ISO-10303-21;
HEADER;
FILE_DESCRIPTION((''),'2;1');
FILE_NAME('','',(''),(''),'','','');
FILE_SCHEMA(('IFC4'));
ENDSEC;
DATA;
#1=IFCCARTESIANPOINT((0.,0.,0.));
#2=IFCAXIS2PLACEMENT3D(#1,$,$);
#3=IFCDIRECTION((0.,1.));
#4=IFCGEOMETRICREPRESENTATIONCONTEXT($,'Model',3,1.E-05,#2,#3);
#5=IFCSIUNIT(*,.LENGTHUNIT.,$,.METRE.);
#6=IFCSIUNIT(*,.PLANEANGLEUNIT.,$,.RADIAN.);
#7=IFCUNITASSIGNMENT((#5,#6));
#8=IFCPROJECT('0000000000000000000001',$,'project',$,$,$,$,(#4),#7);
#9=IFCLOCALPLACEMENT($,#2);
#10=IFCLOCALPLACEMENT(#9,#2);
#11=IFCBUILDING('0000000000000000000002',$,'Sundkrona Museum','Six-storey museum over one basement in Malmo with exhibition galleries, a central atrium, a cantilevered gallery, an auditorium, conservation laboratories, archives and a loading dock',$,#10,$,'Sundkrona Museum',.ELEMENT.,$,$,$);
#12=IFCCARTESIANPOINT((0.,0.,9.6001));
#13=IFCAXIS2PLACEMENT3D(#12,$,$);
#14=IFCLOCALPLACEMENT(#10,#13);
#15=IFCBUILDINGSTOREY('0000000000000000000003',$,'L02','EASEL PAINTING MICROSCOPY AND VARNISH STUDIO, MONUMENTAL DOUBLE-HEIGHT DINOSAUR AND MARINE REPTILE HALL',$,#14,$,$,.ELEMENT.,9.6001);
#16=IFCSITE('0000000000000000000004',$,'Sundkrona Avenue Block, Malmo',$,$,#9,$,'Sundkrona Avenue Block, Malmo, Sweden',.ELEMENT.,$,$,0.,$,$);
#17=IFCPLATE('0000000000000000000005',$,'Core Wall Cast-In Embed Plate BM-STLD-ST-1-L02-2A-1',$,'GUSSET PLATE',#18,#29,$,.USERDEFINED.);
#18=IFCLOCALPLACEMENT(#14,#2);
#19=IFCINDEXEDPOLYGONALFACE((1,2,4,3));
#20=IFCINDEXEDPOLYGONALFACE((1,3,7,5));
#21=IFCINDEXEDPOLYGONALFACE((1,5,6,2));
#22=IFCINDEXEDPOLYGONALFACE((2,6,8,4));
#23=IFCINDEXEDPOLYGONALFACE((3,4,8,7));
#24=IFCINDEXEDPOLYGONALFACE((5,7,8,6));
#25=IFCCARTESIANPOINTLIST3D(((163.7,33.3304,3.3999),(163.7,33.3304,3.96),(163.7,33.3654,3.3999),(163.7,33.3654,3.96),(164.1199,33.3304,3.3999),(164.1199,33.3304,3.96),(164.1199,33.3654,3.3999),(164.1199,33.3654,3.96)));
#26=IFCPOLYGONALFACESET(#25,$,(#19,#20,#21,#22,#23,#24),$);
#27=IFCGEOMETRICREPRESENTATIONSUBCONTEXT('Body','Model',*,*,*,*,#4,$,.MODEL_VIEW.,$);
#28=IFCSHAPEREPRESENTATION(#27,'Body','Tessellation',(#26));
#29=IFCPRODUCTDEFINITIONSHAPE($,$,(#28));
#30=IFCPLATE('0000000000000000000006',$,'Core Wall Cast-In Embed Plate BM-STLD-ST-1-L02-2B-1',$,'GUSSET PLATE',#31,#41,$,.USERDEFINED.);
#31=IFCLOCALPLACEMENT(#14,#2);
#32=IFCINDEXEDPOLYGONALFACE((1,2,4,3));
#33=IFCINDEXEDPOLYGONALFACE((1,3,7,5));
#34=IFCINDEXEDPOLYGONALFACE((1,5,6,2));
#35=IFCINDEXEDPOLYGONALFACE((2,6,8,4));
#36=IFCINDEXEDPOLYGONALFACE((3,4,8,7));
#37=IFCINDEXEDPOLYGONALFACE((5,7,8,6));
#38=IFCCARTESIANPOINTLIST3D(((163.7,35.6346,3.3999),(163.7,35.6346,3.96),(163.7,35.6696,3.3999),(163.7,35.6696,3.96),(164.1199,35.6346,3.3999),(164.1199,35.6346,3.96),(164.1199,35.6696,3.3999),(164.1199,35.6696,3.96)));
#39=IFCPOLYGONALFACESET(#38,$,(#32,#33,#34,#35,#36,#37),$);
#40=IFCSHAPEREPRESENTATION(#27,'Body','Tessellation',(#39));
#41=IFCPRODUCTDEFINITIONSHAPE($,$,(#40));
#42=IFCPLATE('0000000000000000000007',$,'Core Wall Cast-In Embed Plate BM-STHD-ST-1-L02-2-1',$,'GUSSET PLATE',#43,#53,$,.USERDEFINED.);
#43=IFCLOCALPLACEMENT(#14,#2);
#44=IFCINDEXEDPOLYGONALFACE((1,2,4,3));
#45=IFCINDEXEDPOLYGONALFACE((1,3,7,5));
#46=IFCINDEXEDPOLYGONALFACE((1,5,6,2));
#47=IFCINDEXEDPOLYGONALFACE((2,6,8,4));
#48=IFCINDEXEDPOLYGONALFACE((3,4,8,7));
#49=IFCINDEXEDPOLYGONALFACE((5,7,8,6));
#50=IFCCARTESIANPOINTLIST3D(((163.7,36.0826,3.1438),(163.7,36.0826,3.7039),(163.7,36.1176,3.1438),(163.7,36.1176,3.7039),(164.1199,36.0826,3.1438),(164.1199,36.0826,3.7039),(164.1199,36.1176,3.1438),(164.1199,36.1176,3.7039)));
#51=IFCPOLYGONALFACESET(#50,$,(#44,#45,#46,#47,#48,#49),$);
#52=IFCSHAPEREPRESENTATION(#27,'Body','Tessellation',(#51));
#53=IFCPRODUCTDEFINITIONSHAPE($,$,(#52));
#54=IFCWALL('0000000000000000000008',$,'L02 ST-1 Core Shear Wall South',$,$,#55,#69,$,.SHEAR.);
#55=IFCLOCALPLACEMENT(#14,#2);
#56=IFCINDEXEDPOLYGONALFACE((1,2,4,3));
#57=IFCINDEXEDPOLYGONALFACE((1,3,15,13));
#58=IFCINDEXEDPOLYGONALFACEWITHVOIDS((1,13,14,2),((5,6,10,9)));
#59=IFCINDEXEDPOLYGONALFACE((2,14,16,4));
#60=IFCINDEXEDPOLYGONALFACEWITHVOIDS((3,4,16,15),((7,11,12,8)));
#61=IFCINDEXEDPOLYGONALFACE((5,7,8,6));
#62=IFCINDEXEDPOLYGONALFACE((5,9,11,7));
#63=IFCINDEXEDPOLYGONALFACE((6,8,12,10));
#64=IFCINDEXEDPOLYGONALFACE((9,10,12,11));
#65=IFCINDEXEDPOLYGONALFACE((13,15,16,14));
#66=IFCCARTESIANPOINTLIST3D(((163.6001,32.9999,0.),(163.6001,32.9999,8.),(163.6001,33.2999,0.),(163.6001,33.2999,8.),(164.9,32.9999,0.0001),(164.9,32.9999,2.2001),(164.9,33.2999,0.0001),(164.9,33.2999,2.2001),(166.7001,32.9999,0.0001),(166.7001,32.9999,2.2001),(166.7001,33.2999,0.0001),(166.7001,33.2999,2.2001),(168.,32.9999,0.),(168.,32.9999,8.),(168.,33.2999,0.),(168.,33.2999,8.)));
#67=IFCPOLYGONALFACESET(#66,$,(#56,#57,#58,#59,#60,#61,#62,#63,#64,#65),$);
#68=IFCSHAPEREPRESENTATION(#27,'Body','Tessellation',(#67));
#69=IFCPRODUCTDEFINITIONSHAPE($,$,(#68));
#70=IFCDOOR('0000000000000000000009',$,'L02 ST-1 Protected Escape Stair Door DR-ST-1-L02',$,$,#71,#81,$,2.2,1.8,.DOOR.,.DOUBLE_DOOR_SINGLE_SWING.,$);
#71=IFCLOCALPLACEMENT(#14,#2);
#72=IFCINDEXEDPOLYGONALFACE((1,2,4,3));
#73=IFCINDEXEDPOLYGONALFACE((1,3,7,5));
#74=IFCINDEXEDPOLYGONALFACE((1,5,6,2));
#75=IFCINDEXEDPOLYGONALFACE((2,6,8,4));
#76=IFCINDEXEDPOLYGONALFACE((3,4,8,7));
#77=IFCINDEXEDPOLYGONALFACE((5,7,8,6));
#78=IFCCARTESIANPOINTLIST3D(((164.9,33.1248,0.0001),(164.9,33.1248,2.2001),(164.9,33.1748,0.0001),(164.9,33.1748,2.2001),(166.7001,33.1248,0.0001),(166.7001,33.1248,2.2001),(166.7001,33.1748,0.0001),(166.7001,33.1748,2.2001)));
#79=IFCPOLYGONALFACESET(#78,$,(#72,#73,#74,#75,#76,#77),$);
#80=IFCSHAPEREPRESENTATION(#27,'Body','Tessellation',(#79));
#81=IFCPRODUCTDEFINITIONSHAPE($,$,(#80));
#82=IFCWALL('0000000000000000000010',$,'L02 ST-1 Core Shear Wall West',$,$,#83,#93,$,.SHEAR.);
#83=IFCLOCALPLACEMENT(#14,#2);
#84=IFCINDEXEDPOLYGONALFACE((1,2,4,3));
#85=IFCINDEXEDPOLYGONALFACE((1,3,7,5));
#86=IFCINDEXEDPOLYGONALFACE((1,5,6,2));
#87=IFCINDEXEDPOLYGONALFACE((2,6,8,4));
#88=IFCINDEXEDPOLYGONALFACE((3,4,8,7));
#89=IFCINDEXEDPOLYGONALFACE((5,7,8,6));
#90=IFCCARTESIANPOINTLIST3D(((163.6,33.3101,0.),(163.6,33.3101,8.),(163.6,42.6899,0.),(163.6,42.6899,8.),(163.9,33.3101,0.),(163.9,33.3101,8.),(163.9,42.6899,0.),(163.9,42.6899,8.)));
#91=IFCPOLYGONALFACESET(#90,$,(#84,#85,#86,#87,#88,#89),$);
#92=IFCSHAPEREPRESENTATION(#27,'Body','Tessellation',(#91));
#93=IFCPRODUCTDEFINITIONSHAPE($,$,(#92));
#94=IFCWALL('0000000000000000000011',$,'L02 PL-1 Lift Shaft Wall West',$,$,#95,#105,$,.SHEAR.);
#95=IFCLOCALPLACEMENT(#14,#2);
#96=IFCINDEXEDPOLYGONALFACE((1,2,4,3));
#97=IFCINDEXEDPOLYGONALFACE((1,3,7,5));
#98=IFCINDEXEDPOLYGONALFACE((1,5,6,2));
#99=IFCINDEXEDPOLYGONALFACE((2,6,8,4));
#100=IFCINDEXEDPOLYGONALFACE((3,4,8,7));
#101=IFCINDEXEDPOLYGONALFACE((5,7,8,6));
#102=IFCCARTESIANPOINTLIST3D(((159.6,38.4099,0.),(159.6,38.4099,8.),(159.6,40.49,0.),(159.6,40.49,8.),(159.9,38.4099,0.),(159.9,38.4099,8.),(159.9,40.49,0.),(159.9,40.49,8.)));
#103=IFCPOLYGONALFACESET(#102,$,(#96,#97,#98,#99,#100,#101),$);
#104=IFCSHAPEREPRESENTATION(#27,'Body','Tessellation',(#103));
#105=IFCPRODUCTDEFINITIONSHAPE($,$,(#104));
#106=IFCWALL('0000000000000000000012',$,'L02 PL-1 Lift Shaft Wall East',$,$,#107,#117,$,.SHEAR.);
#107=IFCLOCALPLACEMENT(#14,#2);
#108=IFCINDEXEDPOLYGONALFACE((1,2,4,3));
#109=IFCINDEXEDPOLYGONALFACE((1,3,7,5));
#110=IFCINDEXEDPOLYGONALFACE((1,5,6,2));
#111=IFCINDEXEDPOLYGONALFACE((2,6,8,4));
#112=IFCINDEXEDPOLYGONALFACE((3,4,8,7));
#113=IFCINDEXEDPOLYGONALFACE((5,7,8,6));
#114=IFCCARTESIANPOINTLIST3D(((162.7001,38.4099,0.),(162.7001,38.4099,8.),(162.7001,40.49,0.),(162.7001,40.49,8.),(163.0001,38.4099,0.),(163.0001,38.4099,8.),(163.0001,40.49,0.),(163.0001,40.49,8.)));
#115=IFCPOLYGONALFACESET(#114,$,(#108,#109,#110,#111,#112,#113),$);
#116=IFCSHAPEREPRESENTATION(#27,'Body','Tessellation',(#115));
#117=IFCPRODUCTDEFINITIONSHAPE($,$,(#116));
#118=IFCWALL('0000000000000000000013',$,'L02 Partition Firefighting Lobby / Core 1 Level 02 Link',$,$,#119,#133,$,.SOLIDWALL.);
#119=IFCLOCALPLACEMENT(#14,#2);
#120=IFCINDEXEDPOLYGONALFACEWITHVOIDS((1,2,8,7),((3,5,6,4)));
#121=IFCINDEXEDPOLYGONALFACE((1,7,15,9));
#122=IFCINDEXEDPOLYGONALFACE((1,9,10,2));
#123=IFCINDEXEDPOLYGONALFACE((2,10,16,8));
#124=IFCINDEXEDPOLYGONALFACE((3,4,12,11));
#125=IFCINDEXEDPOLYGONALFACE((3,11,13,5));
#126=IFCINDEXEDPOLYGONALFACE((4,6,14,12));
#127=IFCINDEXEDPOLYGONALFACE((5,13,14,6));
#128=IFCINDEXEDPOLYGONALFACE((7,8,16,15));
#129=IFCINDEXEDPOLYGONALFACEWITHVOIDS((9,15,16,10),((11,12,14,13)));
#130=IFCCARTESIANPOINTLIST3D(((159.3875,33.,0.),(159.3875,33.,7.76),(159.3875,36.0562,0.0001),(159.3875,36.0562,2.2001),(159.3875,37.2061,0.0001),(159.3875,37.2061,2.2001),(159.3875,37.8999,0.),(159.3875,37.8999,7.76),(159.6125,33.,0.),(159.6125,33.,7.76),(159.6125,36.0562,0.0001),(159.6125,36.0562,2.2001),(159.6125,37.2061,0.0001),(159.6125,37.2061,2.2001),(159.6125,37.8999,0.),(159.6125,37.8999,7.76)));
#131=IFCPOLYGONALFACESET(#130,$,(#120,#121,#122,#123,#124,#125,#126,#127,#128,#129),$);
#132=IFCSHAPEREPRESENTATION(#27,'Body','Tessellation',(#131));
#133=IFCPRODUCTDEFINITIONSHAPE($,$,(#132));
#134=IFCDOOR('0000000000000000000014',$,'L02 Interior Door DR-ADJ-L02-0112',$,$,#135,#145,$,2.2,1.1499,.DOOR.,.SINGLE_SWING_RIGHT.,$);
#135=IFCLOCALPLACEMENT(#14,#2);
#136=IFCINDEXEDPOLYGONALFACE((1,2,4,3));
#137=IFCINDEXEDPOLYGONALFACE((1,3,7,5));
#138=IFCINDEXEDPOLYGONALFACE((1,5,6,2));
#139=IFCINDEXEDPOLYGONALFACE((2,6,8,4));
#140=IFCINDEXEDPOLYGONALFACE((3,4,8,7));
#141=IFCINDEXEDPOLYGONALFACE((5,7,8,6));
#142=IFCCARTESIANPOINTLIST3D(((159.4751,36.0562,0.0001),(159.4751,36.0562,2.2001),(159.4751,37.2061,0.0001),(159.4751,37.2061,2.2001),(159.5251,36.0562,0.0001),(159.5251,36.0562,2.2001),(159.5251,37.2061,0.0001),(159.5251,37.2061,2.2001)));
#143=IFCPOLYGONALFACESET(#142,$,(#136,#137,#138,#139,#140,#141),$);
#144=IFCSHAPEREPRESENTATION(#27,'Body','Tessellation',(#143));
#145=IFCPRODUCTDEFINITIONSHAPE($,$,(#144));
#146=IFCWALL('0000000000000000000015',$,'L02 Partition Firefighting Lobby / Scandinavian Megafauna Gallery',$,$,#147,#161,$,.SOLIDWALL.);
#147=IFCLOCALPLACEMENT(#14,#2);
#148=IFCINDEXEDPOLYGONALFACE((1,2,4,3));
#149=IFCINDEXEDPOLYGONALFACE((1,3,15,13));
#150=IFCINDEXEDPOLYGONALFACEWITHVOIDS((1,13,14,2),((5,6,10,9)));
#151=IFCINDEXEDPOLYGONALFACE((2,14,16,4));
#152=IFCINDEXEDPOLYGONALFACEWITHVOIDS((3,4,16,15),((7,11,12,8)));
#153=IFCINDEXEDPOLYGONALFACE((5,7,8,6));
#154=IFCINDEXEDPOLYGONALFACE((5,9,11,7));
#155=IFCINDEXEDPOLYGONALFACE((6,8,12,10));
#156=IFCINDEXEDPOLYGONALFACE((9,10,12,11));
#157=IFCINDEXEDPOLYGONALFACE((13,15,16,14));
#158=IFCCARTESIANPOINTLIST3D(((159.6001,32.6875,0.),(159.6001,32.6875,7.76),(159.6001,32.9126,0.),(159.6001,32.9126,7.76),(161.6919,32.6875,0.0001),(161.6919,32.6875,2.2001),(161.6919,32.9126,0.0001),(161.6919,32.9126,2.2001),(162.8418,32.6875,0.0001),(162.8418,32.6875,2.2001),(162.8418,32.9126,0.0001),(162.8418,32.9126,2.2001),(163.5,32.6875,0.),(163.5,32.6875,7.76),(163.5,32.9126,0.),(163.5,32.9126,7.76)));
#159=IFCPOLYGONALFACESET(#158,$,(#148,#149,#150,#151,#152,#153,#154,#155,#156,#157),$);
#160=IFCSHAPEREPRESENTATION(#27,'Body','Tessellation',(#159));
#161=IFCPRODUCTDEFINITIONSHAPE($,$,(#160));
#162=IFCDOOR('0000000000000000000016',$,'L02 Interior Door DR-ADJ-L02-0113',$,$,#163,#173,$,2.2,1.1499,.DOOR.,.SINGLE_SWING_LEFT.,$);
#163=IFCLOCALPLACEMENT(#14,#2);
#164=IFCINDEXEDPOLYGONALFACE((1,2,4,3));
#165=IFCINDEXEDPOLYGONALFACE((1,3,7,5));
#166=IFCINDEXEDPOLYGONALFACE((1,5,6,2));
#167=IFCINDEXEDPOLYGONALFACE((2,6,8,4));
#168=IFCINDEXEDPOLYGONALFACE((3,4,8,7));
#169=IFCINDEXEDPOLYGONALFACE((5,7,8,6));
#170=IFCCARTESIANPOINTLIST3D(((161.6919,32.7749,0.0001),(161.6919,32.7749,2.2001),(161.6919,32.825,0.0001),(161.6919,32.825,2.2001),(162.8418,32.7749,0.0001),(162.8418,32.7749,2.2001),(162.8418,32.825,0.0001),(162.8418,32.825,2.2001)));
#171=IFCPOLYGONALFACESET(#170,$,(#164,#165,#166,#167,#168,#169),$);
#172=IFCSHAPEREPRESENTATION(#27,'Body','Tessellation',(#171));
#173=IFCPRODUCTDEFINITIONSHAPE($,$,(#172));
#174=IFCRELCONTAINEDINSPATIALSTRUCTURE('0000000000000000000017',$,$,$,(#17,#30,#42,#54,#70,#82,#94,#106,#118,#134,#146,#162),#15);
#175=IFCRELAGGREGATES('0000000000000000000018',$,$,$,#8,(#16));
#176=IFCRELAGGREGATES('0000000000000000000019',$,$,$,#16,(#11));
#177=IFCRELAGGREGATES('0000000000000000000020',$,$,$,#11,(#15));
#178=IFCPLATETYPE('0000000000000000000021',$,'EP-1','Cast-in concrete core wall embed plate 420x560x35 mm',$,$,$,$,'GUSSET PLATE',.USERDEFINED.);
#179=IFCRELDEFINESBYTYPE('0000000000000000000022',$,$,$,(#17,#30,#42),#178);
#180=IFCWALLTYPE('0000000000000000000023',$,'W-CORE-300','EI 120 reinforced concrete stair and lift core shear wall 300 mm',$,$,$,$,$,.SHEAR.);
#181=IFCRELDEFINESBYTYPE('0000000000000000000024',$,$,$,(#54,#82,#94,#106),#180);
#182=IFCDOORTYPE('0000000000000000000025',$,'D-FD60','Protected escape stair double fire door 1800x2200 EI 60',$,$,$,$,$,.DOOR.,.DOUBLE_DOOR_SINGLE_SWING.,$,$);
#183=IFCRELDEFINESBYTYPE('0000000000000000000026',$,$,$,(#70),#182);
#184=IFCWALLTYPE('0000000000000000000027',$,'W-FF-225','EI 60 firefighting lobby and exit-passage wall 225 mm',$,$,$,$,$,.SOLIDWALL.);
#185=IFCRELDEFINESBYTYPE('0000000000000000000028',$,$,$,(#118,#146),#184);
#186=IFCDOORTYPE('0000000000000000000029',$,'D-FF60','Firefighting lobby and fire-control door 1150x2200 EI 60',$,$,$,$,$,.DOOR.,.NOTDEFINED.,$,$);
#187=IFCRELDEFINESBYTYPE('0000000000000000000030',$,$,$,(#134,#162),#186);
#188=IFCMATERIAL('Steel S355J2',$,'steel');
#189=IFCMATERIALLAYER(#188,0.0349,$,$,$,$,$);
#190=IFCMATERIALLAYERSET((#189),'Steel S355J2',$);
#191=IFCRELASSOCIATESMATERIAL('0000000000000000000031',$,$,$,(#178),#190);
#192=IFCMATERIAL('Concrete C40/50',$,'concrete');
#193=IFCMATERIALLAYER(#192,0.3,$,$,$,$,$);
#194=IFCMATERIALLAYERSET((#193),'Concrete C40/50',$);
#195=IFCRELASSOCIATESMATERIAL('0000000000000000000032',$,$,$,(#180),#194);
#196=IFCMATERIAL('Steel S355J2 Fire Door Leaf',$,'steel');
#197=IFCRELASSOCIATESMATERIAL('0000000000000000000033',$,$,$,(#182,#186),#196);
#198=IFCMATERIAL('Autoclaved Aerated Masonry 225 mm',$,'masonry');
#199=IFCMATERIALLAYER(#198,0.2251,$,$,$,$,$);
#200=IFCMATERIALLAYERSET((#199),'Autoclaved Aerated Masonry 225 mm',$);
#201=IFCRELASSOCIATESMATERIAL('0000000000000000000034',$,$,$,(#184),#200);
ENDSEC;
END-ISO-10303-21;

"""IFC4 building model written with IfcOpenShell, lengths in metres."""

from ifc_helpers import new_model, si_unit, direction, frame, frame_2d, origin, origin_2d, place, context, subcontext, project, spatial, rectangle, extrude, material, layer, layer_set, type_object, element, fill, save


model = new_model("IFC4")

# Units and contexts
model_context = context("Model", 3, precision=1e-05, world=origin(), true_north=direction((0.0, 1.0)))
body_context = subcontext(model_context, "Body", "Model", "MODEL_VIEW")
ifc_project = project(units=[si_unit("LENGTHUNIT", "METRE"), si_unit("PLANEANGLEUNIT", "RADIAN")], contexts=[model_context])

# Site, building, storey
site_placement = place(None, origin())
site = spatial("IfcSite", under=ifc_project, at=site_placement, Name="Sundkrona Avenue Block, Malmo", LongName="Sundkrona Avenue Block, Malmo, Sweden", CompositionType="ELEMENT", RefElevation=0.0)
building_placement = place(site_placement, origin())
building = spatial("IfcBuilding", under=site, at=building_placement, Name="Sundkrona Museum", Description="Six-storey museum over one basement in Malmo with exhibition galleries, a central atrium, a cantilevered gallery, an auditorium, conservation laboratories, archives and a loading dock", LongName="Sundkrona Museum", CompositionType="ELEMENT")
storey_placement = place(building_placement, frame((0.0, 0.0, 9.6001)))
storey = spatial("IfcBuildingStorey", under=building, at=storey_placement, Name="L02", Description="EASEL PAINTING MICROSCOPY AND VARNISH STUDIO, MONUMENTAL DOUBLE-HEIGHT DINOSAUR AND MARINE REPTILE HALL", CompositionType="ELEMENT", Elevation=9.6001)

# Shared definitions
ifc_material_1 = material(Name="Steel S355J2", Category="steel")

# Plates
ifc_layer_1 = layer(ifc_material_1, 0.0349)
ifc_layer_set_1 = layer_set([ifc_layer_1], Name="Steel S355J2")
plate_type = type_object("IfcPlateType", Name="EP-1", Description="Cast-in concrete core wall embed plate 420x560x35 mm", ElementType="GUSSET PLATE", PredefinedType="USERDEFINED", material=ifc_layer_set_1)
for number, where, z_axis, x_axis, name in (
    (1, (163.9099, 33.3479, 3.3999), (0.0, 0.0, 1.0), (1.0, 0.0, 0.0), "Core Wall Cast-In Embed Plate BM-STLD-ST-1-L02-2A-1"),
    (2, (163.9099, 35.6521, 3.3999), (0.0, 0.0, 1.0), (1.0, 0.0, 0.0), "Core Wall Cast-In Embed Plate BM-STLD-ST-1-L02-2B-1"),
    (3, (163.9099, 36.1001, 3.1438), (0.0, 0.0, 1.0), (1.0, 0.0, 0.0), "Core Wall Cast-In Embed Plate BM-STHD-ST-1-L02-2-1"),
):
    element("IfcPlate", number, at=place(storey_placement, frame(where, z_axis=z_axis, x_axis=x_axis)), inside=storey, type_object=plate_type, Name=name, ObjectType="GUSSET PLATE", PredefinedType="USERDEFINED", context=body_context, shape_type="SweptSolid", body=[
        extrude(rectangle(XDim=0.4199, YDim=0.0349, at=origin_2d()), origin(), (0.0, 0.0, 1.0), 0.5601),
    ])

# Wall, opening, door
ifc_material_2 = material(Name="Concrete C40/50", Category="concrete")
ifc_layer_2 = layer(ifc_material_2, 0.3)
ifc_layer_set_2 = layer_set([ifc_layer_2], Name="Concrete C40/50")
wall_type_1 = type_object("IfcWallType", Name="W-CORE-300", Description="EI 120 reinforced concrete stair and lift core shear wall 300 mm", PredefinedType="SHEAR", material=ifc_layer_set_2)
wall_1_placement = place(storey_placement, frame((163.6001, 33.1499, 0.0), z_axis=(0.0, 0.0, 1.0), x_axis=(1.0, 0.0, 0.0)))
wall_1 = element("IfcWall", 4, at=wall_1_placement, inside=storey, type_object=wall_type_1, Name="L02 ST-1 Core Shear Wall South", PredefinedType="SHEAR", context=body_context, shape_type="SweptSolid", body=[
    extrude(rectangle(XDim=4.3999, YDim=0.3, at=frame_2d((2.2, 0.0))), origin(), (0.0, 0.0, 1.0), 8.0),
])
opening_1_placement = place(wall_1_placement, frame((1.3, 0.0, 0.0)))
opening_1 = element("IfcOpeningElement", 5, at=opening_1_placement, cuts=wall_1, PredefinedType="OPENING", context=body_context, shape_type="SweptSolid", body=[
    extrude(rectangle(XDim=1.8, YDim=2.2, at=frame_2d((0.8999, 1.1001))), frame((0.0, 0.1599, 0.0), z_axis=(0.0, -1.0, 0.0), x_axis=(1.0, 0.0, 0.0)), (0.0, 0.0, 1.0), 0.3201),
])
ifc_material_3 = material(Name="Steel S355J2 Fire Door Leaf", Category="steel")
door_type_1 = type_object("IfcDoorType", Name="D-FD60", Description="Protected escape stair double fire door 1800x2200 EI 60", OperationType="DOUBLE_DOOR_SINGLE_SWING", PredefinedType="DOOR", material=ifc_material_3)
door_1_placement = place(opening_1_placement, origin())
door_1 = element("IfcDoor", 6, at=door_1_placement, inside=storey, type_object=door_type_1, Name="L02 ST-1 Protected Escape Stair Door DR-ST-1-L02", OperationType="DOUBLE_DOOR_SINGLE_SWING", OverallHeight=2.2, OverallWidth=1.8, PredefinedType="DOOR", context=body_context, shape_type="SweptSolid", body=[
    extrude(rectangle(XDim=1.8, YDim=2.2, at=frame_2d((0.8999, 1.1001))), frame((0.0, 0.0249, 0.0), z_axis=(0.0, -1.0, 0.0), x_axis=(1.0, 0.0, 0.0)), (0.0, 0.0, 1.0), 0.05),
])
fill(opening_1, door_1)

# Wall
wall_2_placement = place(storey_placement, frame((163.75, 33.3101, 0.0), z_axis=(0.0, 0.0, 1.0), x_axis=(0.0, 1.0, 0.0)))
element("IfcWall", 7, at=wall_2_placement, inside=storey, type_object=wall_type_1, Name="L02 ST-1 Core Shear Wall West", PredefinedType="SHEAR", context=body_context, shape_type="SweptSolid", body=[
    extrude(rectangle(XDim=9.3799, YDim=0.3, at=frame_2d((4.6899, 0.0))), origin(), (0.0, 0.0, 1.0), 8.0),
])

# Walls
for number, where, z_axis, x_axis, name in (
    (8, (159.75, 38.4099, 0.0), (0.0, 0.0, 1.0), (0.0, 1.0, 0.0), "L02 PL-1 Lift Shaft Wall West"),
    (9, (162.8501, 38.4099, 0.0), (0.0, 0.0, 1.0), (0.0, 1.0, 0.0), "L02 PL-1 Lift Shaft Wall East"),
):
    element("IfcWall", number, at=place(storey_placement, frame(where, z_axis=z_axis, x_axis=x_axis)), inside=storey, type_object=wall_type_1, Name=name, PredefinedType="SHEAR", context=body_context, shape_type="SweptSolid", body=[
        extrude(rectangle(XDim=2.0801, YDim=0.3, at=frame_2d((1.04, 0.0))), origin(), (0.0, 0.0, 1.0), 8.0),
    ])

# Walls, openings, doors
ifc_material_4 = material(Name="Autoclaved Aerated Masonry 225 mm", Category="masonry")
ifc_layer_3 = layer(ifc_material_4, 0.2251)
ifc_layer_set_3 = layer_set([ifc_layer_3], Name="Autoclaved Aerated Masonry 225 mm")
wall_type_2 = type_object("IfcWallType", Name="W-FF-225", Description="EI 60 firefighting lobby and exit-passage wall 225 mm", PredefinedType="SOLIDWALL", material=ifc_layer_set_3)
wall_3_placement = place(storey_placement, frame((159.5, 33.0, 0.0), z_axis=(0.0, 0.0, 1.0), x_axis=(0.0, 1.0, 0.0)))
wall_3 = element("IfcWall", 10, at=wall_3_placement, inside=storey, type_object=wall_type_2, Name="L02 Partition Firefighting Lobby / Core 1 Level 02 Link", PredefinedType="SOLIDWALL", context=body_context, shape_type="SweptSolid", body=[
    extrude(rectangle(XDim=4.8999, YDim=0.2251, at=frame_2d((2.45, 0.0))), origin(), (0.0, 0.0, 1.0), 7.76),
])
opening_2_placement = place(wall_3_placement, frame((3.0562, 0.0, 0.0)))
opening_2 = element("IfcOpeningElement", 11, at=opening_2_placement, cuts=wall_3, PredefinedType="OPENING", context=body_context, shape_type="SweptSolid", body=[
    extrude(rectangle(XDim=1.1499, YDim=2.2, at=frame_2d((0.575, 1.1001))), frame((0.0, 0.1226, 0.0), z_axis=(0.0, -1.0, 0.0), x_axis=(1.0, 0.0, 0.0)), (0.0, 0.0, 1.0), 0.2451),
])
door_type_2 = type_object("IfcDoorType", Name="D-FF60", Description="Firefighting lobby and fire-control door 1150x2200 EI 60", OperationType="NOTDEFINED", PredefinedType="DOOR", material=ifc_material_3)
door_2_placement = place(opening_2_placement, origin())
door_2 = element("IfcDoor", 12, at=door_2_placement, inside=storey, type_object=door_type_2, Name="L02 Interior Door DR-ADJ-L02-0112", OperationType="SINGLE_SWING_RIGHT", OverallHeight=2.2, OverallWidth=1.1499, PredefinedType="DOOR", context=body_context, shape_type="SweptSolid", body=[
    extrude(rectangle(XDim=1.1499, YDim=2.2, at=frame_2d((0.575, 1.1001))), frame((0.0, 0.0249, 0.0), z_axis=(0.0, -1.0, 0.0), x_axis=(1.0, 0.0, 0.0)), (0.0, 0.0, 1.0), 0.05),
])
fill(opening_2, door_2)
wall_4_placement = place(storey_placement, frame((159.6001, 32.8, 0.0), z_axis=(0.0, 0.0, 1.0), x_axis=(1.0, 0.0, 0.0)))
wall_4 = element("IfcWall", 13, at=wall_4_placement, inside=storey, type_object=wall_type_2, Name="L02 Partition Firefighting Lobby / Scandinavian Megafauna Gallery", PredefinedType="SOLIDWALL", context=body_context, shape_type="SweptSolid", body=[
    extrude(rectangle(XDim=3.8999, YDim=0.2251, at=frame_2d((1.95, 0.0))), origin(), (0.0, 0.0, 1.0), 7.76),
])
opening_3_placement = place(wall_4_placement, frame((2.0918, 0.0, 0.0)))
opening_3 = element("IfcOpeningElement", 14, at=opening_3_placement, cuts=wall_4, PredefinedType="OPENING", context=body_context, shape_type="SweptSolid", body=[
    extrude(rectangle(XDim=1.1499, YDim=2.2, at=frame_2d((0.575, 1.1001))), frame((0.0, 0.1226, 0.0), z_axis=(0.0, -1.0, 0.0), x_axis=(1.0, 0.0, 0.0)), (0.0, 0.0, 1.0), 0.2451),
])
door_3_placement = place(opening_3_placement, origin())
door_3 = element("IfcDoor", 15, at=door_3_placement, inside=storey, type_object=door_type_2, Name="L02 Interior Door DR-ADJ-L02-0113", OperationType="SINGLE_SWING_LEFT", OverallHeight=2.2, OverallWidth=1.1499, PredefinedType="DOOR", context=body_context, shape_type="SweptSolid", body=[
    extrude(rectangle(XDim=1.1499, YDim=2.2, at=frame_2d((0.575, 1.1001))), frame((0.0, 0.0249, 0.0), z_axis=(0.0, -1.0, 0.0), x_axis=(1.0, 0.0, 0.0)), (0.0, 0.0, 1.0), 0.05),
])
fill(opening_3, door_3)

save(model, "model.ifc")
